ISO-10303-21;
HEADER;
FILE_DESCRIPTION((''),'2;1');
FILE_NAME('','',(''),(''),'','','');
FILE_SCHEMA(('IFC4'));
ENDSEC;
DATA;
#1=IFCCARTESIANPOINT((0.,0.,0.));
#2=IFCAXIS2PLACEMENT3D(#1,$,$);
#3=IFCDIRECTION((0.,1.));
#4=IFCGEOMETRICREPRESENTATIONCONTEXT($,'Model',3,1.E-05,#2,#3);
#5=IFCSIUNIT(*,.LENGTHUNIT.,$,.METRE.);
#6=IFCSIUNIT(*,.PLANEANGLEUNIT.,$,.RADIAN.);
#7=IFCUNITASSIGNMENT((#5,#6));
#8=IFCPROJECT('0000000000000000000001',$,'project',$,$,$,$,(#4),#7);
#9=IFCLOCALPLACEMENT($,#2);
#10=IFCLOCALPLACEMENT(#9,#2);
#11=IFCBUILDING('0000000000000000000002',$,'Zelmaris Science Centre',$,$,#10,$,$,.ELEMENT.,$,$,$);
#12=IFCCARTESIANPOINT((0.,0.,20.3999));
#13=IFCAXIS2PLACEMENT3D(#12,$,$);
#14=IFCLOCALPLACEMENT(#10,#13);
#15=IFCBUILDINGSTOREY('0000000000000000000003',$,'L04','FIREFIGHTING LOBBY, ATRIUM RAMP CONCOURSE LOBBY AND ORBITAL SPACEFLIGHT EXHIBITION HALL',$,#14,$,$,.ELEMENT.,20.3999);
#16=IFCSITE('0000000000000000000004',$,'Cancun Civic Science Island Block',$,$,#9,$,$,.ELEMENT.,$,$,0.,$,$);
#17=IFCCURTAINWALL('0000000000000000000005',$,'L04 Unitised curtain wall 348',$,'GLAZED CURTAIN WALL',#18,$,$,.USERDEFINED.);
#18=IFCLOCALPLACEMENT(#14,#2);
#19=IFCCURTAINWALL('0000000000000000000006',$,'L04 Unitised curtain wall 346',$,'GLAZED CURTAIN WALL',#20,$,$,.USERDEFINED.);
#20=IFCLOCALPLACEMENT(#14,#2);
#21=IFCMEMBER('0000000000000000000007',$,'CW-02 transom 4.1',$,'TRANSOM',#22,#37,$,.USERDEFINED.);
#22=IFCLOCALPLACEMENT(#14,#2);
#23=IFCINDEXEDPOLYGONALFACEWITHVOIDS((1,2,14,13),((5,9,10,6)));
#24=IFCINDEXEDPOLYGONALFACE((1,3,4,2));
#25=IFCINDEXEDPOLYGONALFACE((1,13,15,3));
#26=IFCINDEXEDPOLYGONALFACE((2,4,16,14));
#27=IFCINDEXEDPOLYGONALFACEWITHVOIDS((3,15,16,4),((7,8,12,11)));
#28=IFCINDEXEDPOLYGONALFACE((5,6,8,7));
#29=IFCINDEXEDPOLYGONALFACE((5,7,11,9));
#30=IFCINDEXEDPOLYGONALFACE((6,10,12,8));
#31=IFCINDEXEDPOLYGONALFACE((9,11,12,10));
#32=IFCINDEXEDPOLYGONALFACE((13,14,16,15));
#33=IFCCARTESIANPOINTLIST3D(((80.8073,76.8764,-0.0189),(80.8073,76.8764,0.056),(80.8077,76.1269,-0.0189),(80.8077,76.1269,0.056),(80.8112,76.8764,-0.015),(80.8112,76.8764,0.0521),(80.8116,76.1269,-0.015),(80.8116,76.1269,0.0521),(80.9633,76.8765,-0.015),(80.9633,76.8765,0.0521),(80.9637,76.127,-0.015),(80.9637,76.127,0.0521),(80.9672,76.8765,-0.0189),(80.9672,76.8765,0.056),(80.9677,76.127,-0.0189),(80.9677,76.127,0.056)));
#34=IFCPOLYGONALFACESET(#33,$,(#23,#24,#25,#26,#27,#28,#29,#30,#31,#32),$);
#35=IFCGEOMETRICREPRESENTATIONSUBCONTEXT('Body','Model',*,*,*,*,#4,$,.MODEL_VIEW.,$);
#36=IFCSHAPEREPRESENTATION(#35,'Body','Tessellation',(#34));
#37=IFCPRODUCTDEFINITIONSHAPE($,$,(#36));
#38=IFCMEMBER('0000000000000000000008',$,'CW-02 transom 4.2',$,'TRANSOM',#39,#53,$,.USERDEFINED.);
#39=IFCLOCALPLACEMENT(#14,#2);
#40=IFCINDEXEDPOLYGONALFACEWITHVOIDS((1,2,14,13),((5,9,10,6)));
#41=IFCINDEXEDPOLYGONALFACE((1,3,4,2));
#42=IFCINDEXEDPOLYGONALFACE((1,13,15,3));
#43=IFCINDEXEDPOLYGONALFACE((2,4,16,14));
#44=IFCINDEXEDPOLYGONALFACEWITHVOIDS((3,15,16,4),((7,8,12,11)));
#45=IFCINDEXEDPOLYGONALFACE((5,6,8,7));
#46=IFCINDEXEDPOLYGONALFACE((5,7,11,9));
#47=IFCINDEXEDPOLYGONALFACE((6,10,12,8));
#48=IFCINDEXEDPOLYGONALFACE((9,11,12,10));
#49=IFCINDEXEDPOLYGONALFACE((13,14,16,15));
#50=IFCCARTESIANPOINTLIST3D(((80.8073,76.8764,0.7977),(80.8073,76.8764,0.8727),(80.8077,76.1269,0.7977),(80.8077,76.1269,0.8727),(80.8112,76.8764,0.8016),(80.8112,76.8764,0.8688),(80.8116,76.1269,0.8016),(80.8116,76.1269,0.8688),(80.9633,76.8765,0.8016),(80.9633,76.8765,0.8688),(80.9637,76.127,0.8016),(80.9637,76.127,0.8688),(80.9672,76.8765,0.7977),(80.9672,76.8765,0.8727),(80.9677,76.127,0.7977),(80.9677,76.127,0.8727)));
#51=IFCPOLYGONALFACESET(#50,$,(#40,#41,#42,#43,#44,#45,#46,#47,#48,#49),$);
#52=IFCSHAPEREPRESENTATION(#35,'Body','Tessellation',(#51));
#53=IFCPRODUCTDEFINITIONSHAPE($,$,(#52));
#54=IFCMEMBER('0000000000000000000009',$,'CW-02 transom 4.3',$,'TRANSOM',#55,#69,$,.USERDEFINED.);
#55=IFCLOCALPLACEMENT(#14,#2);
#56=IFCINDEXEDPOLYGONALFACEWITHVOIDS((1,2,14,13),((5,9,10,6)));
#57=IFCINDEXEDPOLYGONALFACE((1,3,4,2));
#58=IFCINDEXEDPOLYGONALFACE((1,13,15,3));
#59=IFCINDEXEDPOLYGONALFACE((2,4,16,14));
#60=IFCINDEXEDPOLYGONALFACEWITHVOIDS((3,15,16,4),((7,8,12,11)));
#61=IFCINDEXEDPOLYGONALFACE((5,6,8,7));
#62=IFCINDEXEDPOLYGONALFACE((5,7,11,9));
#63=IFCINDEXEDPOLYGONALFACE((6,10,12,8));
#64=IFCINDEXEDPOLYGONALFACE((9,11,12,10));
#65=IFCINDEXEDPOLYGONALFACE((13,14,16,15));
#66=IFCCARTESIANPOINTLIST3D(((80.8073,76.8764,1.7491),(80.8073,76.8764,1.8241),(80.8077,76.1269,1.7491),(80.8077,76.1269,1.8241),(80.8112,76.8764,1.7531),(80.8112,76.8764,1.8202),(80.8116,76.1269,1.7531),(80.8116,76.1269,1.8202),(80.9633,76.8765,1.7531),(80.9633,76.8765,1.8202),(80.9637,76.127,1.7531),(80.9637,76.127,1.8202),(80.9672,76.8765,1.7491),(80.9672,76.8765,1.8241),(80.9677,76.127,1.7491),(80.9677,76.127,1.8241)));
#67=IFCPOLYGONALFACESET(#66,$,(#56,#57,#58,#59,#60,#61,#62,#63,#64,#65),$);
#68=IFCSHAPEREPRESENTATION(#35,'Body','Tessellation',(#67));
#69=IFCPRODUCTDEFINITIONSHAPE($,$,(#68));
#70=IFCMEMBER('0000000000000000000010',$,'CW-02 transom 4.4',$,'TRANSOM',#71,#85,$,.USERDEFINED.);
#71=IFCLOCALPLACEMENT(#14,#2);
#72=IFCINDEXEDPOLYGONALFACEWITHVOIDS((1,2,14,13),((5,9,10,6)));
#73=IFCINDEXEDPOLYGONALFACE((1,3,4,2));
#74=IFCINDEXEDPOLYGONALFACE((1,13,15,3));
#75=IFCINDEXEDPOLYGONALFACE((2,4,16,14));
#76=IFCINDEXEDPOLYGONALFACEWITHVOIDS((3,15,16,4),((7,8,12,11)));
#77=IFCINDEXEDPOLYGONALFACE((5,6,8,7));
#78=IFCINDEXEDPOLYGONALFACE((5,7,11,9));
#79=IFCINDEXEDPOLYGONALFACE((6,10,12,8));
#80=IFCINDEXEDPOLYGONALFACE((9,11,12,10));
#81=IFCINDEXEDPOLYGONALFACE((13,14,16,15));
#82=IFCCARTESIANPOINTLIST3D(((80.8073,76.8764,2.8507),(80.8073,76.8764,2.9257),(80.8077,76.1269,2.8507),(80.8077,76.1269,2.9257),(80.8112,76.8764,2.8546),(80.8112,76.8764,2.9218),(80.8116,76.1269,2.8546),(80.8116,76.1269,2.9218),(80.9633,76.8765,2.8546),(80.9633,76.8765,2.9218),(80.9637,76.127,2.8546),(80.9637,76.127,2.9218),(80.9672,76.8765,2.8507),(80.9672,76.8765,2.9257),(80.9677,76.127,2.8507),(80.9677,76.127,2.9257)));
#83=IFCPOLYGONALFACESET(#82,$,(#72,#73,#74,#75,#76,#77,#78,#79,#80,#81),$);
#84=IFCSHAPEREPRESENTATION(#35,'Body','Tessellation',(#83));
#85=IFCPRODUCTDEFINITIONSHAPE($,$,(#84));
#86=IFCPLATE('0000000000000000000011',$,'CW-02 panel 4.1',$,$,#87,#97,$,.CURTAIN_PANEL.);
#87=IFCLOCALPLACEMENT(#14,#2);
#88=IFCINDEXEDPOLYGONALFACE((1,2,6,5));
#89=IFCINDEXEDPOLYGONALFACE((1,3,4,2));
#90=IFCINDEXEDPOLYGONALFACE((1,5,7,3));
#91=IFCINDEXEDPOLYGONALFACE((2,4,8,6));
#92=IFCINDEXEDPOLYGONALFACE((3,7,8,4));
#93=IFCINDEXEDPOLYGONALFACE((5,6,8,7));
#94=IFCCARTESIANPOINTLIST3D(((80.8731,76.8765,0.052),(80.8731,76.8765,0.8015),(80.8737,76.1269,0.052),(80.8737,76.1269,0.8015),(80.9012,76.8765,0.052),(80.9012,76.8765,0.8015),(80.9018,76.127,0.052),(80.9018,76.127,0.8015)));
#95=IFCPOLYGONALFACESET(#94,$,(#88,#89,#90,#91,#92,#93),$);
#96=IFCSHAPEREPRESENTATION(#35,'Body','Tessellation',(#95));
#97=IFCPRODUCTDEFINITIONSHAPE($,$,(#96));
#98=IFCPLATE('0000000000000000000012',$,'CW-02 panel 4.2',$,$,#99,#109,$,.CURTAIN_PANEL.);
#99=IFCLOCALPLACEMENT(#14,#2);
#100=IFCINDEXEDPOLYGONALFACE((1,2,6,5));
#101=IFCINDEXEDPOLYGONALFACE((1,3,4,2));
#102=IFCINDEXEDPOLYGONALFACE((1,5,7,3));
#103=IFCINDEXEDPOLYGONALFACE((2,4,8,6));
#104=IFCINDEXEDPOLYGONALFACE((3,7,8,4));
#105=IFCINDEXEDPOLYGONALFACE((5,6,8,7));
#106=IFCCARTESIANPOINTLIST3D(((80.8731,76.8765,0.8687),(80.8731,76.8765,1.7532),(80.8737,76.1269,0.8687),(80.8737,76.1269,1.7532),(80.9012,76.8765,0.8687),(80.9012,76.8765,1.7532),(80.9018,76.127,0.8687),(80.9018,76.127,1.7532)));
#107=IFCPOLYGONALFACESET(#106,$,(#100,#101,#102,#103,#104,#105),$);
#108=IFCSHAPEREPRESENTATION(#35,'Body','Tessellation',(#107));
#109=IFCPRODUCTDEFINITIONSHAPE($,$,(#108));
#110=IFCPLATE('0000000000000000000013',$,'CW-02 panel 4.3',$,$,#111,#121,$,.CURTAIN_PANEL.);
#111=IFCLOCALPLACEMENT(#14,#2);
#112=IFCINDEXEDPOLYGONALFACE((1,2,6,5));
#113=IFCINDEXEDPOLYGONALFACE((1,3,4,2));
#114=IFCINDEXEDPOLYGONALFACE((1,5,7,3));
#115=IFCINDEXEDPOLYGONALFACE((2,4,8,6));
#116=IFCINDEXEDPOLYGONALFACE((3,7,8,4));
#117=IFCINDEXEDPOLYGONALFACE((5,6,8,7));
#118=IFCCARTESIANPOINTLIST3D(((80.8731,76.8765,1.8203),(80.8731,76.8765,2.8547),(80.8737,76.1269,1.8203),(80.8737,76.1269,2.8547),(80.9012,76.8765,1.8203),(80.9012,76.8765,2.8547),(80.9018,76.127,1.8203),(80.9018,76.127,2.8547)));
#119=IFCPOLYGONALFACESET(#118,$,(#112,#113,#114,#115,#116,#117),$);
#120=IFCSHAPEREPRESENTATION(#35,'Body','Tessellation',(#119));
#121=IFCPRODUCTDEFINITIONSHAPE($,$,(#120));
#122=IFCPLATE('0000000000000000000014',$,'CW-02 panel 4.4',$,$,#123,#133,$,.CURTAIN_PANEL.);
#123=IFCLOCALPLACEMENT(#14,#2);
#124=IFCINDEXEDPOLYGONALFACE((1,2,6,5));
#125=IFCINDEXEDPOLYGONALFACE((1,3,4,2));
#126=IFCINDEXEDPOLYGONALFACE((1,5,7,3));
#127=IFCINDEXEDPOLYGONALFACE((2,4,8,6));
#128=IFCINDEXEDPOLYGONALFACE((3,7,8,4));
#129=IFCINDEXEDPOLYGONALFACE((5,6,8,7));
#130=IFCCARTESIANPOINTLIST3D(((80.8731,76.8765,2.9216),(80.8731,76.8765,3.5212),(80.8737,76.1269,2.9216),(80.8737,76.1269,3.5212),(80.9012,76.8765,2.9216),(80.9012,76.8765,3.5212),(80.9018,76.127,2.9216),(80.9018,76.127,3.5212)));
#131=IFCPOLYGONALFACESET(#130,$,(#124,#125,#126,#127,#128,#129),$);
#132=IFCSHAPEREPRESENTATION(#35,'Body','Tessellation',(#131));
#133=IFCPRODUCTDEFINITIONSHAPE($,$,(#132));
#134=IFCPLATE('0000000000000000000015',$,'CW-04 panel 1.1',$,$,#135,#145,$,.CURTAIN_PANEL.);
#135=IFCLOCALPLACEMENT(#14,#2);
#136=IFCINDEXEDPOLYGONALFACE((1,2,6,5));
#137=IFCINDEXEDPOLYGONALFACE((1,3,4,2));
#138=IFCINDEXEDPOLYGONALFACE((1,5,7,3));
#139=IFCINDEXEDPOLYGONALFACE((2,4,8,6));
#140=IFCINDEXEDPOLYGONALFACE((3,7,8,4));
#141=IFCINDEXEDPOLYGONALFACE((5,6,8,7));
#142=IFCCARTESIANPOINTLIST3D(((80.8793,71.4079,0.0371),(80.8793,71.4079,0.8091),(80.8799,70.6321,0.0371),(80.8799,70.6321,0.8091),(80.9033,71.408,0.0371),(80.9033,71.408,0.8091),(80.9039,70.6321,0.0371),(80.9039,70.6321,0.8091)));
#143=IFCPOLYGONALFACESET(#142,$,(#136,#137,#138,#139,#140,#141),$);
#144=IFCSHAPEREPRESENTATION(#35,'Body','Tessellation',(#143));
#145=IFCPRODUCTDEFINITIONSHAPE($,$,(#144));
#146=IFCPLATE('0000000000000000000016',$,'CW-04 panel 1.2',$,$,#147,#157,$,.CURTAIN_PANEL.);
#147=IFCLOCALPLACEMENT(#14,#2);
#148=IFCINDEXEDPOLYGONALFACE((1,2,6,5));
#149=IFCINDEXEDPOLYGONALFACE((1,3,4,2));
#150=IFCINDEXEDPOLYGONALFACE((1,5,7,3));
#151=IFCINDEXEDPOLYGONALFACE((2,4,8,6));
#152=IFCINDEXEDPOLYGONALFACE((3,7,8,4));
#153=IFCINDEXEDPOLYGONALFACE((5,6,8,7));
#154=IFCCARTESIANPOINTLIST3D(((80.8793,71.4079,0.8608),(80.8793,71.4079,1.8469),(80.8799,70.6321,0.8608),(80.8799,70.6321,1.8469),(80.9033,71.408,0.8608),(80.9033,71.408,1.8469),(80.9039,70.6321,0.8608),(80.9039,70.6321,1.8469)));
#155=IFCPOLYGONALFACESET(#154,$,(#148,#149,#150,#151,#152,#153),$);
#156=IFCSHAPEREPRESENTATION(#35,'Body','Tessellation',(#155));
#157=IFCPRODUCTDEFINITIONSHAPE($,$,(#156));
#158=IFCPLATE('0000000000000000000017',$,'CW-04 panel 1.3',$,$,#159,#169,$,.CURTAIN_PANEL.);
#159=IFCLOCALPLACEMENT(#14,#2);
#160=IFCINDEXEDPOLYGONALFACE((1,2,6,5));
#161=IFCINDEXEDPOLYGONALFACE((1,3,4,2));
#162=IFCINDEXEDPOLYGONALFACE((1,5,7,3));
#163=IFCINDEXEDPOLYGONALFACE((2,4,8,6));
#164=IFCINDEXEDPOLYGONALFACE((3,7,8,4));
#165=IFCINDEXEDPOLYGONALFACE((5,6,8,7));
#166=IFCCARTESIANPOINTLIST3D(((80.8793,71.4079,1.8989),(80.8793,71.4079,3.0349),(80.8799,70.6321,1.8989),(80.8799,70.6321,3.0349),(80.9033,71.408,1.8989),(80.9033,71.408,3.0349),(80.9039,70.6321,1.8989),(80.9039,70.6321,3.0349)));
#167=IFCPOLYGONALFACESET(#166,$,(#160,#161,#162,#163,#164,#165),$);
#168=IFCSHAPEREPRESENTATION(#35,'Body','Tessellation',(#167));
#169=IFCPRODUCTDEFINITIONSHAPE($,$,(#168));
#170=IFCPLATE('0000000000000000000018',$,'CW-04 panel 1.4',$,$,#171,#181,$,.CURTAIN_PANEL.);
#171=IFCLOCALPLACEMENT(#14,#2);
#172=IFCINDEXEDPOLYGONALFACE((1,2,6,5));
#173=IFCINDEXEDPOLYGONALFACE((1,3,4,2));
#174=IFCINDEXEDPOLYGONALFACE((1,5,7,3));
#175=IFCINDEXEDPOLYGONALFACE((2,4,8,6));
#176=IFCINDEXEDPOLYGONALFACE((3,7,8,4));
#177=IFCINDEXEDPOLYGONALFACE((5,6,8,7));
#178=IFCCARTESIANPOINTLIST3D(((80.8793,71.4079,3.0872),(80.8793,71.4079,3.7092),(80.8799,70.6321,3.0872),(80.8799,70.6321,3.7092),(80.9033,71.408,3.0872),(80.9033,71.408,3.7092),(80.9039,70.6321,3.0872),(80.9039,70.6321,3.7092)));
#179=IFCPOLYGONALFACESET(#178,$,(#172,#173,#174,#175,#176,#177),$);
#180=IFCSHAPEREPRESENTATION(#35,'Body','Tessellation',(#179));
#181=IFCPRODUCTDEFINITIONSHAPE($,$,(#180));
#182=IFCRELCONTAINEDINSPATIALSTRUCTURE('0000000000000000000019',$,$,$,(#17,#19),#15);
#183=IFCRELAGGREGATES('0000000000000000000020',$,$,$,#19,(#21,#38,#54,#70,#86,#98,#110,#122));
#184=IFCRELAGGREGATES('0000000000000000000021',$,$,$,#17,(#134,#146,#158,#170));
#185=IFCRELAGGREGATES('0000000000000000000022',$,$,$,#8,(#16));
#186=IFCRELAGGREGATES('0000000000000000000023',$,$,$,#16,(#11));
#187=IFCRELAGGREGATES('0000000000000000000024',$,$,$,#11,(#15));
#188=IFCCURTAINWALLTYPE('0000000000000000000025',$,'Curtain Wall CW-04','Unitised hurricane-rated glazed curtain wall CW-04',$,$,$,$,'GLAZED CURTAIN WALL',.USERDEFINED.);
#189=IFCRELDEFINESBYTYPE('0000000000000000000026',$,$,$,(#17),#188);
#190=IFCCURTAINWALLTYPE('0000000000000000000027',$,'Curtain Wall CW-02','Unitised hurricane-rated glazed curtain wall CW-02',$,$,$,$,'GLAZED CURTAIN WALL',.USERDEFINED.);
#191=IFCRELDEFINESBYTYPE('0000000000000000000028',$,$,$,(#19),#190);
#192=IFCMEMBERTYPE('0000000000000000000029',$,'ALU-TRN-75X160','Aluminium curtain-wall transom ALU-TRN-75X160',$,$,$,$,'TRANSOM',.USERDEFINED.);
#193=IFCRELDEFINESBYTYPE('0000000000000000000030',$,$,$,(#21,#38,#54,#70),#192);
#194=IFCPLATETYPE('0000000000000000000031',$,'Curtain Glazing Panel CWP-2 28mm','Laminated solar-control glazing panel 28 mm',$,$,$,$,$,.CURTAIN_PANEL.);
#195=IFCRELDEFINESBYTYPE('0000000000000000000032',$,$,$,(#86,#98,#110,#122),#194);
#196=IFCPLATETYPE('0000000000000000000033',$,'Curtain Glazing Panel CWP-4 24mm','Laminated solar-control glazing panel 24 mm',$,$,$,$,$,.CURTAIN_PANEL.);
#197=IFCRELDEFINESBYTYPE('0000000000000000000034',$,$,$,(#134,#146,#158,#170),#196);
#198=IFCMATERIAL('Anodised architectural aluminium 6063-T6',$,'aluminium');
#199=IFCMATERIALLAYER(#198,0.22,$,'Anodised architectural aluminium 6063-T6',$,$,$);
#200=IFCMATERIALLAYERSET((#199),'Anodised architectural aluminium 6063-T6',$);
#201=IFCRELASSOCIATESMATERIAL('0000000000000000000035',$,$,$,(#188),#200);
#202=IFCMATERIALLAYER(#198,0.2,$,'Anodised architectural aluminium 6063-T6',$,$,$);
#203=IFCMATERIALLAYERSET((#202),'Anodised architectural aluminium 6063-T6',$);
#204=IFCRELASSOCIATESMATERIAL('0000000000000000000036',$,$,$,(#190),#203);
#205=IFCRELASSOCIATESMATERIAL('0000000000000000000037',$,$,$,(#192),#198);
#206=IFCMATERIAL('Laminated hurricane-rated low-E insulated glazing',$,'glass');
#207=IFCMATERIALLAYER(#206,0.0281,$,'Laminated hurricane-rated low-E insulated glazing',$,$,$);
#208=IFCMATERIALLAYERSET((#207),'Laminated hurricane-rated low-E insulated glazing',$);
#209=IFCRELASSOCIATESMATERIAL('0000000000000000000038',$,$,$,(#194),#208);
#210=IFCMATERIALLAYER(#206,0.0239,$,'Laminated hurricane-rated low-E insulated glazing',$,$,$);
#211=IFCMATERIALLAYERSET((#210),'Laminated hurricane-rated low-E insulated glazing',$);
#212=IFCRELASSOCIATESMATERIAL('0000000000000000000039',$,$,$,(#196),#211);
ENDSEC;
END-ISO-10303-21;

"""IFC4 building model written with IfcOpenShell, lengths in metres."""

from ifc_helpers import new_model, si_unit, direction, frame, origin, origin_2d, place, context, subcontext, project, spatial, rectangle, hollow_rectangle, extrude, material, layer, layer_set, material_profile, profile_set, type_object, element, aggregate, save


model = new_model("IFC4")

# Units and contexts
model_context = context("Model", 3, precision=1e-05, world=origin(), true_north=direction((0.0, 1.0)))
body_context = subcontext(model_context, "Body", "Model", "MODEL_VIEW")
ifc_project = project(units=[si_unit("LENGTHUNIT", "METRE"), si_unit("PLANEANGLEUNIT", "RADIAN")], contexts=[model_context])

# Site, building, storey
site_placement = place(None, origin())
site = spatial("IfcSite", under=ifc_project, at=site_placement, Name="Cancun Civic Science Island Block", CompositionType="ELEMENT", RefElevation=0.0)
building_placement = place(site_placement, origin())
building = spatial("IfcBuilding", under=site, at=building_placement, Name="Zelmaris Science Centre", CompositionType="ELEMENT")
storey_placement = place(building_placement, frame((0.0, 0.0, 20.3999)))
storey = spatial("IfcBuildingStorey", under=building, at=storey_placement, Name="L04", Description="FIREFIGHTING LOBBY, ATRIUM RAMP CONCOURSE LOBBY AND ORBITAL SPACEFLIGHT EXHIBITION HALL", CompositionType="ELEMENT", Elevation=20.3999)

# Curtain wall
ifc_material_1 = material(Name="Anodised architectural aluminium 6063-T6", Category="aluminium")
ifc_layer_1 = layer(ifc_material_1, 0.22, Name="Anodised architectural aluminium 6063-T6")
ifc_layer_set_1 = layer_set([ifc_layer_1], Name="Anodised architectural aluminium 6063-T6")
curtain_wall_type_1 = type_object("IfcCurtainWallType", Name="Curtain Wall CW-04", Description="Unitised hurricane-rated glazed curtain wall CW-04", ElementType="GLAZED CURTAIN WALL", PredefinedType="USERDEFINED", material=ifc_layer_set_1)
curtain_wall_1_placement = place(storey_placement, origin())
curtain_wall_1 = element("IfcCurtainWall", 1, at=curtain_wall_1_placement, inside=storey, type_object=curtain_wall_type_1, Name="L04 Unitised curtain wall 348", ObjectType="GLAZED CURTAIN WALL", PredefinedType="USERDEFINED")

# Curtain wall
ifc_layer_2 = layer(ifc_material_1, 0.2, Name="Anodised architectural aluminium 6063-T6")
ifc_layer_set_2 = layer_set([ifc_layer_2], Name="Anodised architectural aluminium 6063-T6")
curtain_wall_type_2 = type_object("IfcCurtainWallType", Name="Curtain Wall CW-02", Description="Unitised hurricane-rated glazed curtain wall CW-02", ElementType="GLAZED CURTAIN WALL", PredefinedType="USERDEFINED", material=ifc_layer_set_2)
curtain_wall_2_placement = place(storey_placement, origin())
curtain_wall_2 = element("IfcCurtainWall", 2, at=curtain_wall_2_placement, inside=storey, type_object=curtain_wall_type_2, Name="L04 Unitised curtain wall 346", ObjectType="GLAZED CURTAIN WALL", PredefinedType="USERDEFINED")

# Members
ifc_material_profile_1 = material_profile(ifc_material_1, hollow_rectangle(XDim=0.075, YDim=0.1599, WallThickness=0.0039, at=origin_2d()), Name="ALU-TRN-75X160")
ifc_profile_set_1 = profile_set([ifc_material_profile_1], Name="Anodised architectural aluminium 6063-T6")
member_type_1 = type_object("IfcMemberType", Name="ALU-TRN-75X160", Description="Aluminium curtain-wall transom ALU-TRN-75X160", ElementType="TRANSOM", PredefinedType="USERDEFINED", material=ifc_profile_set_1)
member_1_placement = place(storey_placement, frame((80.8872, 76.8765, 0.0186), z_axis=(0.000651, -1.0, 0.0), x_axis=(0.0, 0.0, 1.0)))
member_1 = element("IfcMember", 3, at=member_1_placement, type_object=member_type_1, Name="CW-02 transom 4.1", ObjectType="TRANSOM", PredefinedType="USERDEFINED", context=body_context, shape_type="SweptSolid", body=[
    extrude(hollow_rectangle(XDim=0.075, YDim=0.1599, WallThickness=0.0039, at=origin_2d()), origin(), (0.0, 0.0, 1.0), 0.7495),
])
member_2_placement = place(storey_placement, frame((80.8872, 76.8765, 0.8352), z_axis=(0.000651, -1.0, 0.0), x_axis=(0.0, 0.0, 1.0)))
member_2 = element("IfcMember", 4, at=member_2_placement, type_object=member_type_1, Name="CW-02 transom 4.2", ObjectType="TRANSOM", PredefinedType="USERDEFINED", context=body_context, shape_type="SweptSolid", body=[
    extrude(hollow_rectangle(XDim=0.075, YDim=0.1599, WallThickness=0.0039, at=origin_2d()), origin(), (0.0, 0.0, 1.0), 0.7495),
])
member_3_placement = place(storey_placement, frame((80.8872, 76.8765, 1.7866), z_axis=(0.000651, -1.0, 0.0), x_axis=(0.0, 0.0, 1.0)))
member_3 = element("IfcMember", 5, at=member_3_placement, type_object=member_type_1, Name="CW-02 transom 4.3", ObjectType="TRANSOM", PredefinedType="USERDEFINED", context=body_context, shape_type="SweptSolid", body=[
    extrude(hollow_rectangle(XDim=0.075, YDim=0.1599, WallThickness=0.0039, at=origin_2d()), origin(), (0.0, 0.0, 1.0), 0.7495),
])
member_4_placement = place(storey_placement, frame((80.8872, 76.8765, 2.8882), z_axis=(0.000651, -1.0, 0.0), x_axis=(0.0, 0.0, 1.0)))
member_4 = element("IfcMember", 6, at=member_4_placement, type_object=member_type_1, Name="CW-02 transom 4.4", ObjectType="TRANSOM", PredefinedType="USERDEFINED", context=body_context, shape_type="SweptSolid", body=[
    extrude(hollow_rectangle(XDim=0.075, YDim=0.1599, WallThickness=0.0039, at=origin_2d()), origin(), (0.0, 0.0, 1.0), 0.7495),
])

# Plates
ifc_material_2 = material(Name="Laminated hurricane-rated low-E insulated glazing", Category="glass")
ifc_layer_3 = layer(ifc_material_2, 0.0281, Name="Laminated hurricane-rated low-E insulated glazing")
ifc_layer_set_3 = layer_set([ifc_layer_3], Name="Laminated hurricane-rated low-E insulated glazing")
plate_type_1 = type_object("IfcPlateType", Name="Curtain Glazing Panel CWP-2 28mm", Description="Laminated solar-control glazing panel 28 mm", PredefinedType="CURTAIN_PANEL", material=ifc_layer_set_3)
plate_1_placement = place(storey_placement, frame((80.8875, 76.5017, 0.052), z_axis=(0.0, 0.0, 1.0), x_axis=(0.000794, -1.0, 0.0)))
plate_1 = element("IfcPlate", 7, at=plate_1_placement, type_object=plate_type_1, Name="CW-02 panel 4.1", PredefinedType="CURTAIN_PANEL", context=body_context, shape_type="SweptSolid", body=[
    extrude(rectangle(XDim=0.7495, YDim=0.0281, at=origin_2d()), origin(), (0.0, 0.0, 1.0), 0.7495),
])
plate_2_placement = place(storey_placement, frame((80.8875, 76.5017, 0.8687), z_axis=(0.0, 0.0, 1.0), x_axis=(0.000794, -1.0, 0.0)))
plate_2 = element("IfcPlate", 8, at=plate_2_placement, type_object=plate_type_1, Name="CW-02 panel 4.2", PredefinedType="CURTAIN_PANEL", context=body_context, shape_type="SweptSolid", body=[
    extrude(rectangle(XDim=0.7495, YDim=0.0281, at=origin_2d()), origin(), (0.0, 0.0, 1.0), 0.8845),
])
plate_3_placement = place(storey_placement, frame((80.8875, 76.5017, 1.8203), z_axis=(0.0, 0.0, 1.0), x_axis=(0.000794, -1.0, 0.0)))
plate_3 = element("IfcPlate", 9, at=plate_3_placement, type_object=plate_type_1, Name="CW-02 panel 4.3", PredefinedType="CURTAIN_PANEL", context=body_context, shape_type="SweptSolid", body=[
    extrude(rectangle(XDim=0.7495, YDim=0.0281, at=origin_2d()), origin(), (0.0, 0.0, 1.0), 1.0344),
])
plate_4_placement = place(storey_placement, frame((80.8875, 76.5017, 2.9216), z_axis=(0.0, 0.0, 1.0), x_axis=(0.000794, -1.0, 0.0)))
plate_4 = element("IfcPlate", 10, at=plate_4_placement, type_object=plate_type_1, Name="CW-02 panel 4.4", PredefinedType="CURTAIN_PANEL", context=body_context, shape_type="SweptSolid", body=[
    extrude(rectangle(XDim=0.7495, YDim=0.0281, at=origin_2d()), origin(), (0.0, 0.0, 1.0), 0.5996),
])
aggregate(curtain_wall_2, [member_1, member_2, member_3, member_4, plate_1, plate_2, plate_3, plate_4])
ifc_layer_4 = layer(ifc_material_2, 0.0239, Name="Laminated hurricane-rated low-E insulated glazing")
ifc_layer_set_4 = layer_set([ifc_layer_4], Name="Laminated hurricane-rated low-E insulated glazing")
plate_type_2 = type_object("IfcPlateType", Name="Curtain Glazing Panel CWP-4 24mm", Description="Laminated solar-control glazing panel 24 mm", PredefinedType="CURTAIN_PANEL", material=ifc_layer_set_4)
plate_5_placement = place(storey_placement, frame((80.8916, 71.02, 0.0371), z_axis=(0.0, 0.0, 1.0), x_axis=(0.000781, -1.0, 0.0)))
plate_5 = element("IfcPlate", 11, at=plate_5_placement, type_object=plate_type_2, Name="CW-04 panel 1.1", PredefinedType="CURTAIN_PANEL", context=body_context, shape_type="SweptSolid", body=[
    extrude(rectangle(XDim=0.7759, YDim=0.0239, at=origin_2d()), origin(), (0.0, 0.0, 1.0), 0.772),
])
plate_6_placement = place(storey_placement, frame((80.8916, 71.02, 0.8608), z_axis=(0.0, 0.0, 1.0), x_axis=(0.000781, -1.0, 0.0)))
plate_6 = element("IfcPlate", 12, at=plate_6_placement, type_object=plate_type_2, Name="CW-04 panel 1.2", PredefinedType="CURTAIN_PANEL", context=body_context, shape_type="SweptSolid", body=[
    extrude(rectangle(XDim=0.7759, YDim=0.0239, at=origin_2d()), origin(), (0.0, 0.0, 1.0), 0.9861),
])
plate_7_placement = place(storey_placement, frame((80.8916, 71.02, 1.8989), z_axis=(0.0, 0.0, 1.0), x_axis=(0.000781, -1.0, 0.0)))
plate_7 = element("IfcPlate", 13, at=plate_7_placement, type_object=plate_type_2, Name="CW-04 panel 1.3", PredefinedType="CURTAIN_PANEL", context=body_context, shape_type="SweptSolid", body=[
    extrude(rectangle(XDim=0.7759, YDim=0.0239, at=origin_2d()), origin(), (0.0, 0.0, 1.0), 1.136),
])
plate_8_placement = place(storey_placement, frame((80.8916, 71.02, 3.0872), z_axis=(0.0, 0.0, 1.0), x_axis=(0.000781, -1.0, 0.0)))
plate_8 = element("IfcPlate", 14, at=plate_8_placement, type_object=plate_type_2, Name="CW-04 panel 1.4", PredefinedType="CURTAIN_PANEL", context=body_context, shape_type="SweptSolid", body=[
    extrude(rectangle(XDim=0.7759, YDim=0.0239, at=origin_2d()), origin(), (0.0, 0.0, 1.0), 0.6221),
])
aggregate(curtain_wall_1, [plate_5, plate_6, plate_7, plate_8])

save(model, "model.ifc")
